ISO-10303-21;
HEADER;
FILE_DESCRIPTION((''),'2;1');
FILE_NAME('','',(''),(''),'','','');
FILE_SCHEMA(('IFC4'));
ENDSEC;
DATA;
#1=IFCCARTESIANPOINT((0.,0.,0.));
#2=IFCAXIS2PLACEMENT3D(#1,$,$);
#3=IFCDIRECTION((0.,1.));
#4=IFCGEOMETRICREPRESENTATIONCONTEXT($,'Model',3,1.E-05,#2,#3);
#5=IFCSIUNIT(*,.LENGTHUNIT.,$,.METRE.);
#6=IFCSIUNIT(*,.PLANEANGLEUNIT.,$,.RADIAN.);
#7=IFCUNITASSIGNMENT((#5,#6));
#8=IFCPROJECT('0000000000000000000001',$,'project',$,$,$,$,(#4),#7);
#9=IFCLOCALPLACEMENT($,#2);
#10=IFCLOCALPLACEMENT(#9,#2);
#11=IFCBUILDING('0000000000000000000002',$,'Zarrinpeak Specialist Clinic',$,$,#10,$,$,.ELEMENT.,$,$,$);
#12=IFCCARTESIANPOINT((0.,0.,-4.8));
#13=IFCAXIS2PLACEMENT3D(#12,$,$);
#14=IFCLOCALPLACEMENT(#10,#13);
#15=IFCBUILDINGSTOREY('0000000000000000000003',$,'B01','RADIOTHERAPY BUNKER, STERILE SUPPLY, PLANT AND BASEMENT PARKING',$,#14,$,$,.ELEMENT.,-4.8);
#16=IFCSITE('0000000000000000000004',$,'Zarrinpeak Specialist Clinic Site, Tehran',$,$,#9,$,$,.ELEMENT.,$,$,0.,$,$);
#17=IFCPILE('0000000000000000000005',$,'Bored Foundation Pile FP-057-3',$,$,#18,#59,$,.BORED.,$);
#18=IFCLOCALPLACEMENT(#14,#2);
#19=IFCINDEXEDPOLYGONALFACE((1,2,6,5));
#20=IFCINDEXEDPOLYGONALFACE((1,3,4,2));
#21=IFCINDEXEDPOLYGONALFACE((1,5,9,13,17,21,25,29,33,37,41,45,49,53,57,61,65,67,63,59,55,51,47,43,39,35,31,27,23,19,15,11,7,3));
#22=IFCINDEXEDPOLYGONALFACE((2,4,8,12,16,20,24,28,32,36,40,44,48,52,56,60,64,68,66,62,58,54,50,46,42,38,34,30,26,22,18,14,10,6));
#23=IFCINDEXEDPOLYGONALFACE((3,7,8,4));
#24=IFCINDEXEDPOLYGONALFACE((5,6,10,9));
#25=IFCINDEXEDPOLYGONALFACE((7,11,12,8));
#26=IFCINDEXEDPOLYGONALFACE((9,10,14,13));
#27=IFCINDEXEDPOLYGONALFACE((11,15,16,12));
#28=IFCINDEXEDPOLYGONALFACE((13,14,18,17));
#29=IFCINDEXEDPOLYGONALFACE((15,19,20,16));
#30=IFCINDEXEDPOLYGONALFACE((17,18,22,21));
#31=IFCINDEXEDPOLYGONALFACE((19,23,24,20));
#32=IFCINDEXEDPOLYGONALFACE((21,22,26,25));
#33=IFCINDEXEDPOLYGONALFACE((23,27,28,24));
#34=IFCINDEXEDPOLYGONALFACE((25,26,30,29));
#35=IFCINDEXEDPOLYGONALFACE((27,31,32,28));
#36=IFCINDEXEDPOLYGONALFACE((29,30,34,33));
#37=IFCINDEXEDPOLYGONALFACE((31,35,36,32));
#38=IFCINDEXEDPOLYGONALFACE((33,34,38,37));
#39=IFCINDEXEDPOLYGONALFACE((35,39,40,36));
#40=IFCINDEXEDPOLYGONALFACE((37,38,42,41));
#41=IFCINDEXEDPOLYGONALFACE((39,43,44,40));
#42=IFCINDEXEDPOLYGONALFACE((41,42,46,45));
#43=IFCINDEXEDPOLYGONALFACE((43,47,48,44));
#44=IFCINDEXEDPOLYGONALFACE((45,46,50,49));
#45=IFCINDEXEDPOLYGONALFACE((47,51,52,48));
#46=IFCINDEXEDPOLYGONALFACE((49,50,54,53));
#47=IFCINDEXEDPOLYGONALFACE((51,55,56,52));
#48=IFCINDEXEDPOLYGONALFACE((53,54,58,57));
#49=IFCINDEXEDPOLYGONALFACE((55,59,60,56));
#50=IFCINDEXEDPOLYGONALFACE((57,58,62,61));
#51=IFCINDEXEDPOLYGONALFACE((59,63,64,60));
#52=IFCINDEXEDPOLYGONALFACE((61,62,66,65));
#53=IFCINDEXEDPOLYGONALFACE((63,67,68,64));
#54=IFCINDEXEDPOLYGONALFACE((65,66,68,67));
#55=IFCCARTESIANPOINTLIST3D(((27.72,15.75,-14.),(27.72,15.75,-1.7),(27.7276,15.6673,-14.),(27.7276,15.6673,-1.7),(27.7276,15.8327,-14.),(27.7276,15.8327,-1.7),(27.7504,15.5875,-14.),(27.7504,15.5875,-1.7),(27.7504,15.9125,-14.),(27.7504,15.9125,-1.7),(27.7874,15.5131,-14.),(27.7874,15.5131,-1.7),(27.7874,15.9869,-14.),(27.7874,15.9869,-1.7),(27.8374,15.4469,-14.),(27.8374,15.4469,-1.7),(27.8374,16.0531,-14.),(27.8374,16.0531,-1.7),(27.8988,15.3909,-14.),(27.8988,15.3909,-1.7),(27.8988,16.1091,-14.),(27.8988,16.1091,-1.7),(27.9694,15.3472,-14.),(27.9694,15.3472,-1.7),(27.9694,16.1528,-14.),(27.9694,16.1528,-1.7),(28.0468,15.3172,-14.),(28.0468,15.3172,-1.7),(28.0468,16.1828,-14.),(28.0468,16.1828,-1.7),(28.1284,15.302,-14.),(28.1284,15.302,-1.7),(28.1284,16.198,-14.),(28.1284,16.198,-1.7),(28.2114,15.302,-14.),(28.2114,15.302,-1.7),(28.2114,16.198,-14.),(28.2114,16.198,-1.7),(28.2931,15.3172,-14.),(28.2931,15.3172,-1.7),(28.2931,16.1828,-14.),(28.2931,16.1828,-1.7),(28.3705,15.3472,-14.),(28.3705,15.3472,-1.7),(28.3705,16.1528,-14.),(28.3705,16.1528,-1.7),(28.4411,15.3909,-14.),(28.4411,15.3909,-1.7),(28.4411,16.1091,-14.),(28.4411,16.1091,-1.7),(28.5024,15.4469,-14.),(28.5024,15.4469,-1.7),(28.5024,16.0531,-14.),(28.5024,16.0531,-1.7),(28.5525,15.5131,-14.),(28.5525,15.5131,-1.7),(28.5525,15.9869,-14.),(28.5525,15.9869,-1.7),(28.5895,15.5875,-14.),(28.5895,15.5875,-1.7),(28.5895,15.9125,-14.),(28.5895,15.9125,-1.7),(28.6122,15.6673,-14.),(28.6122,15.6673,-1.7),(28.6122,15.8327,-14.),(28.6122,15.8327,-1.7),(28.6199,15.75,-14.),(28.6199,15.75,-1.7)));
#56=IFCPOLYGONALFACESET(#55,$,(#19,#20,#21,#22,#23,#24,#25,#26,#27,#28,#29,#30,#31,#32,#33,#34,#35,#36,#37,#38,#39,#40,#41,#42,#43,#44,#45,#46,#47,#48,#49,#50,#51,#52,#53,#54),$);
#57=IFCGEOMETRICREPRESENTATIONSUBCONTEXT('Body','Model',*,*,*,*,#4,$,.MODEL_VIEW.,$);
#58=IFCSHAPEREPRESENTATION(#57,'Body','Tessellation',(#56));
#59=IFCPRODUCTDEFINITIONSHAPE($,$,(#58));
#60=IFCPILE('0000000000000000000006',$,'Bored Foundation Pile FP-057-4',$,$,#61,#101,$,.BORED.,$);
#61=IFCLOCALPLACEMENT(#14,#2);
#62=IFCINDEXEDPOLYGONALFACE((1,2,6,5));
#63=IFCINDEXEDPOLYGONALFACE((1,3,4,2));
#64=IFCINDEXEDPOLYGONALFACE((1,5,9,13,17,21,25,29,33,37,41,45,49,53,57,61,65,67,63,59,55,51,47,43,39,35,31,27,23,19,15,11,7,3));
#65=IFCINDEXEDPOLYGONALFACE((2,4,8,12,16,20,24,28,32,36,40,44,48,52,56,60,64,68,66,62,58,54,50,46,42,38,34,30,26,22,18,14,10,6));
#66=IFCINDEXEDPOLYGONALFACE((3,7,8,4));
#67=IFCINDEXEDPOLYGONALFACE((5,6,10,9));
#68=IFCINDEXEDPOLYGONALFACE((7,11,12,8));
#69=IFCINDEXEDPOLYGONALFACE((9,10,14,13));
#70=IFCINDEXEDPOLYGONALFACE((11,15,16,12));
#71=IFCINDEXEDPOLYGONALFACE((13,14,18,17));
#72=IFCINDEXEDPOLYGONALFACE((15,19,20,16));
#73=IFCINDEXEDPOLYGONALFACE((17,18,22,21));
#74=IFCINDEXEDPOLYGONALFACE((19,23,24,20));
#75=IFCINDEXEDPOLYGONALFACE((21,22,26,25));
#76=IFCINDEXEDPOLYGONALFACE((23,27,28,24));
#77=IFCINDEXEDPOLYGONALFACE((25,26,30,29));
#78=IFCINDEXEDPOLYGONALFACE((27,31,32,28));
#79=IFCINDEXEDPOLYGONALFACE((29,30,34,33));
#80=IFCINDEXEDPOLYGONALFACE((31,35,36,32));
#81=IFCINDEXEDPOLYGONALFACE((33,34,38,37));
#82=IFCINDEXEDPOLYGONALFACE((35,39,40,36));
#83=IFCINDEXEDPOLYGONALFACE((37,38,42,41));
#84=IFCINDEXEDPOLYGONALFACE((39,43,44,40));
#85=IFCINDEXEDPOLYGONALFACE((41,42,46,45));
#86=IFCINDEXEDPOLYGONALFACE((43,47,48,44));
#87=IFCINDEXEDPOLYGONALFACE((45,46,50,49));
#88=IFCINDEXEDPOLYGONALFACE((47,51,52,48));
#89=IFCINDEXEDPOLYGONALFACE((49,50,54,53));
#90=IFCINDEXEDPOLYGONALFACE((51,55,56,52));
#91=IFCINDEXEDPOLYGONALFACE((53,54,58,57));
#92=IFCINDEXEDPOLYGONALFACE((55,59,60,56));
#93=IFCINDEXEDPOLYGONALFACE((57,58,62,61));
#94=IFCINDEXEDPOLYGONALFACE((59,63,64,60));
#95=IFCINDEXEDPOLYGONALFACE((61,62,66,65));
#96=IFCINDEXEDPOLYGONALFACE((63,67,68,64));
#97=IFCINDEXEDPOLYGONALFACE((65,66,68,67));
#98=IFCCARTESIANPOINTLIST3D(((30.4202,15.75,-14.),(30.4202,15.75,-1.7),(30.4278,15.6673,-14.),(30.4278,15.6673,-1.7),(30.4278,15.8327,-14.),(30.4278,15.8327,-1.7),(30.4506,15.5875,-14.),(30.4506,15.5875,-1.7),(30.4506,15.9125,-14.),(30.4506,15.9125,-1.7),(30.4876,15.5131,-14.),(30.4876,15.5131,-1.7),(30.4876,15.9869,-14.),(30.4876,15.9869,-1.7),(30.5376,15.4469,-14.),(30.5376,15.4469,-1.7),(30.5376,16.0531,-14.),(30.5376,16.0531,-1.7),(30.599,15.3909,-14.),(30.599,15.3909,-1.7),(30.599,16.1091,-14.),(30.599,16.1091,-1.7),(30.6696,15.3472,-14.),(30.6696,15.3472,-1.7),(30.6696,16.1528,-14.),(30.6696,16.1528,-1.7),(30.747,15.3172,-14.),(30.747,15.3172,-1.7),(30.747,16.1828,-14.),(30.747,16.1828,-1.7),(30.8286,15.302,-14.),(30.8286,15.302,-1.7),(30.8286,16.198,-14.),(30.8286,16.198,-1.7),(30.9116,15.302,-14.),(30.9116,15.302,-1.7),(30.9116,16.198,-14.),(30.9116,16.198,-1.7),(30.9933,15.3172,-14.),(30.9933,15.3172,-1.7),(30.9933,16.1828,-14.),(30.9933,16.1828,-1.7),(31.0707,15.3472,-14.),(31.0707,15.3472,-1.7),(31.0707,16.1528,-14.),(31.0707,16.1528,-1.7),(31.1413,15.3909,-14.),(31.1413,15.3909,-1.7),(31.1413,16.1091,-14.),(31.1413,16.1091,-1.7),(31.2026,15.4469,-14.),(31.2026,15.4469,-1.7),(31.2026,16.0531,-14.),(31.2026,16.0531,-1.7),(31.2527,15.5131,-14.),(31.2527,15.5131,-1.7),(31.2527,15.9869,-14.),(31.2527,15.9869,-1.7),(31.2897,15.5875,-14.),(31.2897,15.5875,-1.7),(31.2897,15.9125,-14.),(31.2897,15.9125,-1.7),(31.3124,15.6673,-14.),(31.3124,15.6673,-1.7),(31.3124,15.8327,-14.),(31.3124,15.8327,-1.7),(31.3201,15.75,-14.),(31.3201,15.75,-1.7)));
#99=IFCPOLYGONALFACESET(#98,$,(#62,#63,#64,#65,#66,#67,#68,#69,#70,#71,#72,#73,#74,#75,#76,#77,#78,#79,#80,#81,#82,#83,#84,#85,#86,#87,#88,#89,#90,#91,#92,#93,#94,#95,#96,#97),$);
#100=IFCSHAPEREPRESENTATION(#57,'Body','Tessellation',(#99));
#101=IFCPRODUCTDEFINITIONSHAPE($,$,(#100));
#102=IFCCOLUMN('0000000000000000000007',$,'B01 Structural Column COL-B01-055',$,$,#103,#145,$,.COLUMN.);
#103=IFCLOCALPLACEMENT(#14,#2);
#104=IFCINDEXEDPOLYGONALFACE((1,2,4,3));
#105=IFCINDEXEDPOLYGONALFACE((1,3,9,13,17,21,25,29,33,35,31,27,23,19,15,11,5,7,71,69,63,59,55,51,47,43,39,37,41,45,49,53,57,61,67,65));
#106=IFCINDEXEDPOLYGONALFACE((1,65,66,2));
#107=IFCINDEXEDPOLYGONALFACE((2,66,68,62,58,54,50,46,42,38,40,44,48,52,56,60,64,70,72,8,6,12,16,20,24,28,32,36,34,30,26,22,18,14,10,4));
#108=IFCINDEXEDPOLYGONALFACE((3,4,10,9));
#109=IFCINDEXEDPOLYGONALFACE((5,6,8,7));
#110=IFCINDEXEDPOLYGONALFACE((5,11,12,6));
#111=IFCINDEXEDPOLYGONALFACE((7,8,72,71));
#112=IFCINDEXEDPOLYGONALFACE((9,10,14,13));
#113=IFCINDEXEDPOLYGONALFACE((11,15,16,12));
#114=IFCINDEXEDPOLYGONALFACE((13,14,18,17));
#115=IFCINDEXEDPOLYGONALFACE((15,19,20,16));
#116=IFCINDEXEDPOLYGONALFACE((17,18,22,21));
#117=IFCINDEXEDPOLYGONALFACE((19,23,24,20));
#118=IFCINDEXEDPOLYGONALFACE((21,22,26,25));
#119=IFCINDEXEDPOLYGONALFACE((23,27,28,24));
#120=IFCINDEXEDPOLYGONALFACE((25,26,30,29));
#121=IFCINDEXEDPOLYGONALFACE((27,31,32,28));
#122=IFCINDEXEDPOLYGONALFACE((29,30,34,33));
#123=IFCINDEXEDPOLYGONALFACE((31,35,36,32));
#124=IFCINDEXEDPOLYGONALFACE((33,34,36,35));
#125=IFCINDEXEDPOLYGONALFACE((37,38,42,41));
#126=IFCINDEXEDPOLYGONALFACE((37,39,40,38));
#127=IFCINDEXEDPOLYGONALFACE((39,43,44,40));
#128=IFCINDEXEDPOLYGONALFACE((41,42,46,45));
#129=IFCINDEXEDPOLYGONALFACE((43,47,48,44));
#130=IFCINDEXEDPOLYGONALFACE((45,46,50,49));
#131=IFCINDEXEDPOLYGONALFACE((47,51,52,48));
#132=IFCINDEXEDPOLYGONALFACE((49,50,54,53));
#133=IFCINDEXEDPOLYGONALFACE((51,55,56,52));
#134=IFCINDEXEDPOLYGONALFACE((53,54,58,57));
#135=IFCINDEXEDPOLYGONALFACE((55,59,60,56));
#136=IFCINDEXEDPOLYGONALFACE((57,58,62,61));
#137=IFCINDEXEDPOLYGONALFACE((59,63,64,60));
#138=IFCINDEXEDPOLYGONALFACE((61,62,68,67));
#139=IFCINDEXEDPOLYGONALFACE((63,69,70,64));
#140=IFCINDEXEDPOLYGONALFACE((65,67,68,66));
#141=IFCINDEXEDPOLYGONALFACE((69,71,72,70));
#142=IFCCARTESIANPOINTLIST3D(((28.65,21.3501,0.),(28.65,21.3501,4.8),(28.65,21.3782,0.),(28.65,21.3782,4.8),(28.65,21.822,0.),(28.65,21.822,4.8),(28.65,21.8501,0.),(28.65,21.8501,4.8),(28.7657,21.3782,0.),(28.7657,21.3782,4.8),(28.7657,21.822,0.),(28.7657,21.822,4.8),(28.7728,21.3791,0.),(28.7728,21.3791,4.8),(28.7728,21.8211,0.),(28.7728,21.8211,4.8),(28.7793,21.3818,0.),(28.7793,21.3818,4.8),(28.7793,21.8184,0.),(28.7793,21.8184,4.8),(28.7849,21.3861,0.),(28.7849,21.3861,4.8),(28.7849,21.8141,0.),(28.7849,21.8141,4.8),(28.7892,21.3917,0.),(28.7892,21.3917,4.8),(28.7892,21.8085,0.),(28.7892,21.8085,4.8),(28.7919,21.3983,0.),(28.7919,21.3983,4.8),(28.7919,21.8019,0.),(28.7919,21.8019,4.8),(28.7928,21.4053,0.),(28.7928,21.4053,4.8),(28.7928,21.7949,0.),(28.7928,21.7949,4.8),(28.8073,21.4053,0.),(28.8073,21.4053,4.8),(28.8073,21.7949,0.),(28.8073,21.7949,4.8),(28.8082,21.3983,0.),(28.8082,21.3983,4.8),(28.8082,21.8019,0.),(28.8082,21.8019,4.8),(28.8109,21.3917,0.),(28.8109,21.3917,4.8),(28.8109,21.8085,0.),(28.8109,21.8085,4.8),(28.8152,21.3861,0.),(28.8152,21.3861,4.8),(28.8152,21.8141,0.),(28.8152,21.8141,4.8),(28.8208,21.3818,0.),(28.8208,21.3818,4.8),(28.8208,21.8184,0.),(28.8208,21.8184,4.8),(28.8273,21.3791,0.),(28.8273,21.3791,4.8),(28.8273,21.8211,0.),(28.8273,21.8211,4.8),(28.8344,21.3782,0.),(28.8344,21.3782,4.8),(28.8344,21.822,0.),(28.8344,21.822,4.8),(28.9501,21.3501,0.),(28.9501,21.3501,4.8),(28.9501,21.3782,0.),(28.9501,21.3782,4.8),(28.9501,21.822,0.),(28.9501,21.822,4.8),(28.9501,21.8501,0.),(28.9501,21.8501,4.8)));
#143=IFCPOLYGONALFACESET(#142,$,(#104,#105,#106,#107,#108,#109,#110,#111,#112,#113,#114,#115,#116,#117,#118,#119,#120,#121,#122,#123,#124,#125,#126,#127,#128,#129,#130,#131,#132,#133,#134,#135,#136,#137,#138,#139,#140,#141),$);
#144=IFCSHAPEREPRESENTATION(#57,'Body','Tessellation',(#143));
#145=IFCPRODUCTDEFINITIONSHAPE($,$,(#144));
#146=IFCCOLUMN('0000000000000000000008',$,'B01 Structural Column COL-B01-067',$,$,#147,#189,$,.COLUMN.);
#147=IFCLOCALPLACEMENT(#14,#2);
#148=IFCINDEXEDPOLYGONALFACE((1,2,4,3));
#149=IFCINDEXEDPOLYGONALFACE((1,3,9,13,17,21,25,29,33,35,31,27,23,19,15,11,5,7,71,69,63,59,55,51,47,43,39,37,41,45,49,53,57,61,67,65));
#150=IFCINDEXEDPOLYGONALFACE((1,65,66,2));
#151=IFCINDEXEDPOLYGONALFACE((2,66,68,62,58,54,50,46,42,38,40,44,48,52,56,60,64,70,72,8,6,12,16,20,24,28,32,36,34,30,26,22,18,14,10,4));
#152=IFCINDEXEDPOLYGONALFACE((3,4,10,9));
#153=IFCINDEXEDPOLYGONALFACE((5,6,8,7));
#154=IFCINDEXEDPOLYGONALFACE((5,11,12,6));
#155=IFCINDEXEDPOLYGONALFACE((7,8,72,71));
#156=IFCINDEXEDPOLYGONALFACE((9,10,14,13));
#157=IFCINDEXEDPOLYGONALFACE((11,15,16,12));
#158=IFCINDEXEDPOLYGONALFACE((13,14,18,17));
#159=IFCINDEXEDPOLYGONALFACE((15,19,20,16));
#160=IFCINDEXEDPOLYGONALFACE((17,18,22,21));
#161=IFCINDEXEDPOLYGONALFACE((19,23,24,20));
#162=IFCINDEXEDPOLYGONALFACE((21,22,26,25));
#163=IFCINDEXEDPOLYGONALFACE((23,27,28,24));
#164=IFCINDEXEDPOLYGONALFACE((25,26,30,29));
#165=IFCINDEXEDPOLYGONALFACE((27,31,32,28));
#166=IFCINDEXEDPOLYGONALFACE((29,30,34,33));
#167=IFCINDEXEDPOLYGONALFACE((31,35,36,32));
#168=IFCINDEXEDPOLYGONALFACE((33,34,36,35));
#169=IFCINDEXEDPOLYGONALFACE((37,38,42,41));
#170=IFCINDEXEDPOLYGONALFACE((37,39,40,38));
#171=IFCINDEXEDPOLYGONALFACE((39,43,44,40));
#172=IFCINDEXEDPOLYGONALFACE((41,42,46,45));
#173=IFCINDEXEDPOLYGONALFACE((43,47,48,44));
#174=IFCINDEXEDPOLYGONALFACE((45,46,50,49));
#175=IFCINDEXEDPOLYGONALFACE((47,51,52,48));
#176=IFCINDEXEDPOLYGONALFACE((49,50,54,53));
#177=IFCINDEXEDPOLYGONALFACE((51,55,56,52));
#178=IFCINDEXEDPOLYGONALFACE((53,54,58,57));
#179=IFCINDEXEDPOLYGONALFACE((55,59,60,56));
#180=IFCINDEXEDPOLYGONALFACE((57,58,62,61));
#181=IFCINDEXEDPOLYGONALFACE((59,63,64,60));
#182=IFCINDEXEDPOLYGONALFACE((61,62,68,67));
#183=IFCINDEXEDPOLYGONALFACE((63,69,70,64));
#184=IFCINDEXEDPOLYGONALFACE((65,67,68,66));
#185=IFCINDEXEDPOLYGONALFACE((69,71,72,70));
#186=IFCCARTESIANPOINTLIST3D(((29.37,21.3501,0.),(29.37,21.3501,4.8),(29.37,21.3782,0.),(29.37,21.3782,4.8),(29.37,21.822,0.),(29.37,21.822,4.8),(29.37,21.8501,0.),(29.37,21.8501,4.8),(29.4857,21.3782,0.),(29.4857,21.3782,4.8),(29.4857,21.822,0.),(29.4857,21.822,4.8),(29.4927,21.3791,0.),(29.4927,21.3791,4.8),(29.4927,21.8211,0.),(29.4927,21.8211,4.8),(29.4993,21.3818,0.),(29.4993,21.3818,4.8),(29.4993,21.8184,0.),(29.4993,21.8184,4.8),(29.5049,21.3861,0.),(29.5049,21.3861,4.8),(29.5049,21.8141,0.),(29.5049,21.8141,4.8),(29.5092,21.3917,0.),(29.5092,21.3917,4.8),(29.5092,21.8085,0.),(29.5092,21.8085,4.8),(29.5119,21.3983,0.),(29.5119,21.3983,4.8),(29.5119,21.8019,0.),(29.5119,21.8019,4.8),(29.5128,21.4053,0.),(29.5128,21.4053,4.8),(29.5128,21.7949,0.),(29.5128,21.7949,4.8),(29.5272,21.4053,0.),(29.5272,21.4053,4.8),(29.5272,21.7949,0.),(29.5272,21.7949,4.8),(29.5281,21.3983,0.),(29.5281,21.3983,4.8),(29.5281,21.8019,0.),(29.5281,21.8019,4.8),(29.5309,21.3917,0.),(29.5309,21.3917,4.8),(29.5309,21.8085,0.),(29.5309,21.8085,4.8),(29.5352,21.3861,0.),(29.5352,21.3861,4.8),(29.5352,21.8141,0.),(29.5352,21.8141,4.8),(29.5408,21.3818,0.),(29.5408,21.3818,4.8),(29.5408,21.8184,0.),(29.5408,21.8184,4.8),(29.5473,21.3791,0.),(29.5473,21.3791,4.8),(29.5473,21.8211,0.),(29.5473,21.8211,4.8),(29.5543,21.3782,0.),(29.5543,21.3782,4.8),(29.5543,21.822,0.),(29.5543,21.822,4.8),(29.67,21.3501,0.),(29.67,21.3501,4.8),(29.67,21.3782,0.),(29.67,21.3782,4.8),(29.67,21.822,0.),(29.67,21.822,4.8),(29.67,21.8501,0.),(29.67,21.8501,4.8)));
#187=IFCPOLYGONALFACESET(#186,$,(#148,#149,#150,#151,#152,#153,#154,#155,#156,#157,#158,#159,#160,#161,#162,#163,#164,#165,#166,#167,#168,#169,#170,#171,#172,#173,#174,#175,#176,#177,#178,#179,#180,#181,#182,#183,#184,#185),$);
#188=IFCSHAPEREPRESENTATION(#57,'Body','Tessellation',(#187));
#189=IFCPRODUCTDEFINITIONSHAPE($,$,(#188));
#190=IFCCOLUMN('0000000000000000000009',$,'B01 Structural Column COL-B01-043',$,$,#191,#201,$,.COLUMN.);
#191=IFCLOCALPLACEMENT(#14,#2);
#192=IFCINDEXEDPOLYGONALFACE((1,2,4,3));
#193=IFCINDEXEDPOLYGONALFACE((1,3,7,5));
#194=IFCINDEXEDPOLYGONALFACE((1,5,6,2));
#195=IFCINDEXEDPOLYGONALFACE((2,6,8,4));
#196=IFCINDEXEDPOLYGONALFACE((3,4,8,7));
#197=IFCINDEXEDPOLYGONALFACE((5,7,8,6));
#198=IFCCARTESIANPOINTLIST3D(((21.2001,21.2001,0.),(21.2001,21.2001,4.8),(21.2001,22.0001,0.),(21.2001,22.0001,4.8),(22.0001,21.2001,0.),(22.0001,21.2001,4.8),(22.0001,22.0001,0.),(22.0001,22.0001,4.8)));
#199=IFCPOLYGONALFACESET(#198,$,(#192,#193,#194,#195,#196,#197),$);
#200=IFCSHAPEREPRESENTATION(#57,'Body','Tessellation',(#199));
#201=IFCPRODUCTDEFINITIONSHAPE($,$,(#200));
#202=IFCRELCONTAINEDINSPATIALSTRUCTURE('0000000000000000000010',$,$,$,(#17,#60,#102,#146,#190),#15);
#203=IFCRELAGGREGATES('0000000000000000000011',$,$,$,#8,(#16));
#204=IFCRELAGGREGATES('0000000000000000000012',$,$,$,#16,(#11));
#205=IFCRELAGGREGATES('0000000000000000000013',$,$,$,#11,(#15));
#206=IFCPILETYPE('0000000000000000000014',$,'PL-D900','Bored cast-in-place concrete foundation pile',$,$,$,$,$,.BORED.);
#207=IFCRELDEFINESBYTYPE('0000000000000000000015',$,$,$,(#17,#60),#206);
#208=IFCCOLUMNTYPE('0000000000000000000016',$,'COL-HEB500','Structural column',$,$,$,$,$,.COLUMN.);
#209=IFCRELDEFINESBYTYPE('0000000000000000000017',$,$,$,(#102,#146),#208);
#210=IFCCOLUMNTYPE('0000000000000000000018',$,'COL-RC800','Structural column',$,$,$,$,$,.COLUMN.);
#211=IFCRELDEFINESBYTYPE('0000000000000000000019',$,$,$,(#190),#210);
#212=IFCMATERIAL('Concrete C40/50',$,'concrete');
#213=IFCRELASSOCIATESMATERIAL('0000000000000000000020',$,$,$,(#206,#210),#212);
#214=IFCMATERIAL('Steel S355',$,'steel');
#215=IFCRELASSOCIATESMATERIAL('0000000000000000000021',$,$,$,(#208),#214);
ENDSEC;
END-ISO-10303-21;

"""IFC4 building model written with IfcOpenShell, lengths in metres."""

from ifc_helpers import new_model, si_unit, direction, frame, origin, origin_2d, place, context, subcontext, project, spatial, rectangle, circle, i_section, extrude, material, material_profile, profile_set, type_object, element, save


model = new_model("IFC4")

# Units and contexts
model_context = context("Model", 3, precision=1e-05, world=origin(), true_north=direction((0.0, 1.0)))
body_context = subcontext(model_context, "Body", "Model", "MODEL_VIEW")
ifc_project = project(units=[si_unit("LENGTHUNIT", "METRE"), si_unit("PLANEANGLEUNIT", "RADIAN")], contexts=[model_context])

# Site, building, storey
site_placement = place(None, origin())
site = spatial("IfcSite", under=ifc_project, at=site_placement, Name="Zarrinpeak Specialist Clinic Site, Tehran", CompositionType="ELEMENT", RefElevation=0.0)
building_placement = place(site_placement, origin())
building = spatial("IfcBuilding", under=site, at=building_placement, Name="Zarrinpeak Specialist Clinic", CompositionType="ELEMENT")
storey_placement = place(building_placement, frame((0.0, 0.0, -4.8)))
storey = spatial("IfcBuildingStorey", under=building, at=storey_placement, Name="B01", Description="RADIOTHERAPY BUNKER, STERILE SUPPLY, PLANT AND BASEMENT PARKING", CompositionType="ELEMENT", Elevation=-4.8)

# Shared definitions
ifc_material_1 = material(Name="Concrete C40/50", Category="concrete")

# Piles
ifc_material_profile_1 = material_profile(ifc_material_1, circle(Radius=0.45, at=origin_2d()), Name="BORED PILE D900")
ifc_profile_set_1 = profile_set([ifc_material_profile_1], Name="Concrete C40/50")
pile_type_1 = type_object("IfcPileType", Name="PL-D900", Description="Bored cast-in-place concrete foundation pile", PredefinedType="BORED", material=ifc_profile_set_1)
for number, where, z_axis, x_axis, name in (
    (1, (28.1699, 15.75, -1.7), (0.0, 0.0, -1.0), (1.0, 0.0, 0.0), "Bored Foundation Pile FP-057-3"),
    (2, (30.8701, 15.75, -1.7), (0.0, 0.0, -1.0), (1.0, 0.0, 0.0), "Bored Foundation Pile FP-057-4"),
):
    element("IfcPile", number, at=place(storey_placement, frame(where, z_axis=z_axis, x_axis=x_axis)), inside=storey, type_object=pile_type_1, Name=name, PredefinedType="BORED", context=body_context, shape_type="SweptSolid", body=[
        extrude(circle(Radius=0.45, at=origin_2d()), origin(), (0.0, 0.0, 1.0), 12.3),
    ])

# Columns
ifc_material_2 = material(Name="Steel S355", Category="steel")
ifc_material_profile_2 = material_profile(ifc_material_2, i_section(OverallWidth=0.3, OverallDepth=0.5, WebThickness=0.0144, FlangeThickness=0.0281, FilletRadius=0.0271, at=origin_2d()), Name="HEB 500")
ifc_profile_set_2 = profile_set([ifc_material_profile_2], Name="Steel S355")
column_type_1 = type_object("IfcColumnType", Name="COL-HEB500", Description="Structural column", PredefinedType="COLUMN", material=ifc_profile_set_2)
for number, where, z_axis, x_axis, name in (
    (3, (28.8, 21.6001, 0.0), (0.0, 0.0, 1.0), (1.0, 0.0, 0.0), "B01 Structural Column COL-B01-055"),
    (4, (29.52, 21.6001, 0.0), (0.0, 0.0, 1.0), (1.0, 0.0, 0.0), "B01 Structural Column COL-B01-067"),
):
    element("IfcColumn", number, at=place(storey_placement, frame(where, z_axis=z_axis, x_axis=x_axis)), inside=storey, type_object=column_type_1, Name=name, PredefinedType="COLUMN", context=body_context, shape_type="SweptSolid", body=[
        extrude(i_section(OverallWidth=0.3, OverallDepth=0.5, WebThickness=0.0144, FlangeThickness=0.0281, FilletRadius=0.0271, at=origin_2d()), origin(), (0.0, 0.0, 1.0), 4.8),
    ])
ifc_material_profile_3 = material_profile(ifc_material_1, rectangle(XDim=0.8, YDim=0.8, at=origin_2d()), Name="RC 800x800")
ifc_profile_set_3 = profile_set([ifc_material_profile_3], Name="Concrete C40/50")
column_type_2 = type_object("IfcColumnType", Name="COL-RC800", Description="Structural column", PredefinedType="COLUMN", material=ifc_profile_set_3)
column_placement = place(storey_placement, frame((21.6001, 21.6001, 0.0), z_axis=(0.0, 0.0, 1.0), x_axis=(1.0, 0.0, 0.0)))
element("IfcColumn", 5, at=column_placement, inside=storey, type_object=column_type_2, Name="B01 Structural Column COL-B01-043", PredefinedType="COLUMN", context=body_context, shape_type="SweptSolid", body=[
    extrude(rectangle(XDim=0.8, YDim=0.8, at=origin_2d()), origin(), (0.0, 0.0, 1.0), 4.8),
])

save(model, "model.ifc")
